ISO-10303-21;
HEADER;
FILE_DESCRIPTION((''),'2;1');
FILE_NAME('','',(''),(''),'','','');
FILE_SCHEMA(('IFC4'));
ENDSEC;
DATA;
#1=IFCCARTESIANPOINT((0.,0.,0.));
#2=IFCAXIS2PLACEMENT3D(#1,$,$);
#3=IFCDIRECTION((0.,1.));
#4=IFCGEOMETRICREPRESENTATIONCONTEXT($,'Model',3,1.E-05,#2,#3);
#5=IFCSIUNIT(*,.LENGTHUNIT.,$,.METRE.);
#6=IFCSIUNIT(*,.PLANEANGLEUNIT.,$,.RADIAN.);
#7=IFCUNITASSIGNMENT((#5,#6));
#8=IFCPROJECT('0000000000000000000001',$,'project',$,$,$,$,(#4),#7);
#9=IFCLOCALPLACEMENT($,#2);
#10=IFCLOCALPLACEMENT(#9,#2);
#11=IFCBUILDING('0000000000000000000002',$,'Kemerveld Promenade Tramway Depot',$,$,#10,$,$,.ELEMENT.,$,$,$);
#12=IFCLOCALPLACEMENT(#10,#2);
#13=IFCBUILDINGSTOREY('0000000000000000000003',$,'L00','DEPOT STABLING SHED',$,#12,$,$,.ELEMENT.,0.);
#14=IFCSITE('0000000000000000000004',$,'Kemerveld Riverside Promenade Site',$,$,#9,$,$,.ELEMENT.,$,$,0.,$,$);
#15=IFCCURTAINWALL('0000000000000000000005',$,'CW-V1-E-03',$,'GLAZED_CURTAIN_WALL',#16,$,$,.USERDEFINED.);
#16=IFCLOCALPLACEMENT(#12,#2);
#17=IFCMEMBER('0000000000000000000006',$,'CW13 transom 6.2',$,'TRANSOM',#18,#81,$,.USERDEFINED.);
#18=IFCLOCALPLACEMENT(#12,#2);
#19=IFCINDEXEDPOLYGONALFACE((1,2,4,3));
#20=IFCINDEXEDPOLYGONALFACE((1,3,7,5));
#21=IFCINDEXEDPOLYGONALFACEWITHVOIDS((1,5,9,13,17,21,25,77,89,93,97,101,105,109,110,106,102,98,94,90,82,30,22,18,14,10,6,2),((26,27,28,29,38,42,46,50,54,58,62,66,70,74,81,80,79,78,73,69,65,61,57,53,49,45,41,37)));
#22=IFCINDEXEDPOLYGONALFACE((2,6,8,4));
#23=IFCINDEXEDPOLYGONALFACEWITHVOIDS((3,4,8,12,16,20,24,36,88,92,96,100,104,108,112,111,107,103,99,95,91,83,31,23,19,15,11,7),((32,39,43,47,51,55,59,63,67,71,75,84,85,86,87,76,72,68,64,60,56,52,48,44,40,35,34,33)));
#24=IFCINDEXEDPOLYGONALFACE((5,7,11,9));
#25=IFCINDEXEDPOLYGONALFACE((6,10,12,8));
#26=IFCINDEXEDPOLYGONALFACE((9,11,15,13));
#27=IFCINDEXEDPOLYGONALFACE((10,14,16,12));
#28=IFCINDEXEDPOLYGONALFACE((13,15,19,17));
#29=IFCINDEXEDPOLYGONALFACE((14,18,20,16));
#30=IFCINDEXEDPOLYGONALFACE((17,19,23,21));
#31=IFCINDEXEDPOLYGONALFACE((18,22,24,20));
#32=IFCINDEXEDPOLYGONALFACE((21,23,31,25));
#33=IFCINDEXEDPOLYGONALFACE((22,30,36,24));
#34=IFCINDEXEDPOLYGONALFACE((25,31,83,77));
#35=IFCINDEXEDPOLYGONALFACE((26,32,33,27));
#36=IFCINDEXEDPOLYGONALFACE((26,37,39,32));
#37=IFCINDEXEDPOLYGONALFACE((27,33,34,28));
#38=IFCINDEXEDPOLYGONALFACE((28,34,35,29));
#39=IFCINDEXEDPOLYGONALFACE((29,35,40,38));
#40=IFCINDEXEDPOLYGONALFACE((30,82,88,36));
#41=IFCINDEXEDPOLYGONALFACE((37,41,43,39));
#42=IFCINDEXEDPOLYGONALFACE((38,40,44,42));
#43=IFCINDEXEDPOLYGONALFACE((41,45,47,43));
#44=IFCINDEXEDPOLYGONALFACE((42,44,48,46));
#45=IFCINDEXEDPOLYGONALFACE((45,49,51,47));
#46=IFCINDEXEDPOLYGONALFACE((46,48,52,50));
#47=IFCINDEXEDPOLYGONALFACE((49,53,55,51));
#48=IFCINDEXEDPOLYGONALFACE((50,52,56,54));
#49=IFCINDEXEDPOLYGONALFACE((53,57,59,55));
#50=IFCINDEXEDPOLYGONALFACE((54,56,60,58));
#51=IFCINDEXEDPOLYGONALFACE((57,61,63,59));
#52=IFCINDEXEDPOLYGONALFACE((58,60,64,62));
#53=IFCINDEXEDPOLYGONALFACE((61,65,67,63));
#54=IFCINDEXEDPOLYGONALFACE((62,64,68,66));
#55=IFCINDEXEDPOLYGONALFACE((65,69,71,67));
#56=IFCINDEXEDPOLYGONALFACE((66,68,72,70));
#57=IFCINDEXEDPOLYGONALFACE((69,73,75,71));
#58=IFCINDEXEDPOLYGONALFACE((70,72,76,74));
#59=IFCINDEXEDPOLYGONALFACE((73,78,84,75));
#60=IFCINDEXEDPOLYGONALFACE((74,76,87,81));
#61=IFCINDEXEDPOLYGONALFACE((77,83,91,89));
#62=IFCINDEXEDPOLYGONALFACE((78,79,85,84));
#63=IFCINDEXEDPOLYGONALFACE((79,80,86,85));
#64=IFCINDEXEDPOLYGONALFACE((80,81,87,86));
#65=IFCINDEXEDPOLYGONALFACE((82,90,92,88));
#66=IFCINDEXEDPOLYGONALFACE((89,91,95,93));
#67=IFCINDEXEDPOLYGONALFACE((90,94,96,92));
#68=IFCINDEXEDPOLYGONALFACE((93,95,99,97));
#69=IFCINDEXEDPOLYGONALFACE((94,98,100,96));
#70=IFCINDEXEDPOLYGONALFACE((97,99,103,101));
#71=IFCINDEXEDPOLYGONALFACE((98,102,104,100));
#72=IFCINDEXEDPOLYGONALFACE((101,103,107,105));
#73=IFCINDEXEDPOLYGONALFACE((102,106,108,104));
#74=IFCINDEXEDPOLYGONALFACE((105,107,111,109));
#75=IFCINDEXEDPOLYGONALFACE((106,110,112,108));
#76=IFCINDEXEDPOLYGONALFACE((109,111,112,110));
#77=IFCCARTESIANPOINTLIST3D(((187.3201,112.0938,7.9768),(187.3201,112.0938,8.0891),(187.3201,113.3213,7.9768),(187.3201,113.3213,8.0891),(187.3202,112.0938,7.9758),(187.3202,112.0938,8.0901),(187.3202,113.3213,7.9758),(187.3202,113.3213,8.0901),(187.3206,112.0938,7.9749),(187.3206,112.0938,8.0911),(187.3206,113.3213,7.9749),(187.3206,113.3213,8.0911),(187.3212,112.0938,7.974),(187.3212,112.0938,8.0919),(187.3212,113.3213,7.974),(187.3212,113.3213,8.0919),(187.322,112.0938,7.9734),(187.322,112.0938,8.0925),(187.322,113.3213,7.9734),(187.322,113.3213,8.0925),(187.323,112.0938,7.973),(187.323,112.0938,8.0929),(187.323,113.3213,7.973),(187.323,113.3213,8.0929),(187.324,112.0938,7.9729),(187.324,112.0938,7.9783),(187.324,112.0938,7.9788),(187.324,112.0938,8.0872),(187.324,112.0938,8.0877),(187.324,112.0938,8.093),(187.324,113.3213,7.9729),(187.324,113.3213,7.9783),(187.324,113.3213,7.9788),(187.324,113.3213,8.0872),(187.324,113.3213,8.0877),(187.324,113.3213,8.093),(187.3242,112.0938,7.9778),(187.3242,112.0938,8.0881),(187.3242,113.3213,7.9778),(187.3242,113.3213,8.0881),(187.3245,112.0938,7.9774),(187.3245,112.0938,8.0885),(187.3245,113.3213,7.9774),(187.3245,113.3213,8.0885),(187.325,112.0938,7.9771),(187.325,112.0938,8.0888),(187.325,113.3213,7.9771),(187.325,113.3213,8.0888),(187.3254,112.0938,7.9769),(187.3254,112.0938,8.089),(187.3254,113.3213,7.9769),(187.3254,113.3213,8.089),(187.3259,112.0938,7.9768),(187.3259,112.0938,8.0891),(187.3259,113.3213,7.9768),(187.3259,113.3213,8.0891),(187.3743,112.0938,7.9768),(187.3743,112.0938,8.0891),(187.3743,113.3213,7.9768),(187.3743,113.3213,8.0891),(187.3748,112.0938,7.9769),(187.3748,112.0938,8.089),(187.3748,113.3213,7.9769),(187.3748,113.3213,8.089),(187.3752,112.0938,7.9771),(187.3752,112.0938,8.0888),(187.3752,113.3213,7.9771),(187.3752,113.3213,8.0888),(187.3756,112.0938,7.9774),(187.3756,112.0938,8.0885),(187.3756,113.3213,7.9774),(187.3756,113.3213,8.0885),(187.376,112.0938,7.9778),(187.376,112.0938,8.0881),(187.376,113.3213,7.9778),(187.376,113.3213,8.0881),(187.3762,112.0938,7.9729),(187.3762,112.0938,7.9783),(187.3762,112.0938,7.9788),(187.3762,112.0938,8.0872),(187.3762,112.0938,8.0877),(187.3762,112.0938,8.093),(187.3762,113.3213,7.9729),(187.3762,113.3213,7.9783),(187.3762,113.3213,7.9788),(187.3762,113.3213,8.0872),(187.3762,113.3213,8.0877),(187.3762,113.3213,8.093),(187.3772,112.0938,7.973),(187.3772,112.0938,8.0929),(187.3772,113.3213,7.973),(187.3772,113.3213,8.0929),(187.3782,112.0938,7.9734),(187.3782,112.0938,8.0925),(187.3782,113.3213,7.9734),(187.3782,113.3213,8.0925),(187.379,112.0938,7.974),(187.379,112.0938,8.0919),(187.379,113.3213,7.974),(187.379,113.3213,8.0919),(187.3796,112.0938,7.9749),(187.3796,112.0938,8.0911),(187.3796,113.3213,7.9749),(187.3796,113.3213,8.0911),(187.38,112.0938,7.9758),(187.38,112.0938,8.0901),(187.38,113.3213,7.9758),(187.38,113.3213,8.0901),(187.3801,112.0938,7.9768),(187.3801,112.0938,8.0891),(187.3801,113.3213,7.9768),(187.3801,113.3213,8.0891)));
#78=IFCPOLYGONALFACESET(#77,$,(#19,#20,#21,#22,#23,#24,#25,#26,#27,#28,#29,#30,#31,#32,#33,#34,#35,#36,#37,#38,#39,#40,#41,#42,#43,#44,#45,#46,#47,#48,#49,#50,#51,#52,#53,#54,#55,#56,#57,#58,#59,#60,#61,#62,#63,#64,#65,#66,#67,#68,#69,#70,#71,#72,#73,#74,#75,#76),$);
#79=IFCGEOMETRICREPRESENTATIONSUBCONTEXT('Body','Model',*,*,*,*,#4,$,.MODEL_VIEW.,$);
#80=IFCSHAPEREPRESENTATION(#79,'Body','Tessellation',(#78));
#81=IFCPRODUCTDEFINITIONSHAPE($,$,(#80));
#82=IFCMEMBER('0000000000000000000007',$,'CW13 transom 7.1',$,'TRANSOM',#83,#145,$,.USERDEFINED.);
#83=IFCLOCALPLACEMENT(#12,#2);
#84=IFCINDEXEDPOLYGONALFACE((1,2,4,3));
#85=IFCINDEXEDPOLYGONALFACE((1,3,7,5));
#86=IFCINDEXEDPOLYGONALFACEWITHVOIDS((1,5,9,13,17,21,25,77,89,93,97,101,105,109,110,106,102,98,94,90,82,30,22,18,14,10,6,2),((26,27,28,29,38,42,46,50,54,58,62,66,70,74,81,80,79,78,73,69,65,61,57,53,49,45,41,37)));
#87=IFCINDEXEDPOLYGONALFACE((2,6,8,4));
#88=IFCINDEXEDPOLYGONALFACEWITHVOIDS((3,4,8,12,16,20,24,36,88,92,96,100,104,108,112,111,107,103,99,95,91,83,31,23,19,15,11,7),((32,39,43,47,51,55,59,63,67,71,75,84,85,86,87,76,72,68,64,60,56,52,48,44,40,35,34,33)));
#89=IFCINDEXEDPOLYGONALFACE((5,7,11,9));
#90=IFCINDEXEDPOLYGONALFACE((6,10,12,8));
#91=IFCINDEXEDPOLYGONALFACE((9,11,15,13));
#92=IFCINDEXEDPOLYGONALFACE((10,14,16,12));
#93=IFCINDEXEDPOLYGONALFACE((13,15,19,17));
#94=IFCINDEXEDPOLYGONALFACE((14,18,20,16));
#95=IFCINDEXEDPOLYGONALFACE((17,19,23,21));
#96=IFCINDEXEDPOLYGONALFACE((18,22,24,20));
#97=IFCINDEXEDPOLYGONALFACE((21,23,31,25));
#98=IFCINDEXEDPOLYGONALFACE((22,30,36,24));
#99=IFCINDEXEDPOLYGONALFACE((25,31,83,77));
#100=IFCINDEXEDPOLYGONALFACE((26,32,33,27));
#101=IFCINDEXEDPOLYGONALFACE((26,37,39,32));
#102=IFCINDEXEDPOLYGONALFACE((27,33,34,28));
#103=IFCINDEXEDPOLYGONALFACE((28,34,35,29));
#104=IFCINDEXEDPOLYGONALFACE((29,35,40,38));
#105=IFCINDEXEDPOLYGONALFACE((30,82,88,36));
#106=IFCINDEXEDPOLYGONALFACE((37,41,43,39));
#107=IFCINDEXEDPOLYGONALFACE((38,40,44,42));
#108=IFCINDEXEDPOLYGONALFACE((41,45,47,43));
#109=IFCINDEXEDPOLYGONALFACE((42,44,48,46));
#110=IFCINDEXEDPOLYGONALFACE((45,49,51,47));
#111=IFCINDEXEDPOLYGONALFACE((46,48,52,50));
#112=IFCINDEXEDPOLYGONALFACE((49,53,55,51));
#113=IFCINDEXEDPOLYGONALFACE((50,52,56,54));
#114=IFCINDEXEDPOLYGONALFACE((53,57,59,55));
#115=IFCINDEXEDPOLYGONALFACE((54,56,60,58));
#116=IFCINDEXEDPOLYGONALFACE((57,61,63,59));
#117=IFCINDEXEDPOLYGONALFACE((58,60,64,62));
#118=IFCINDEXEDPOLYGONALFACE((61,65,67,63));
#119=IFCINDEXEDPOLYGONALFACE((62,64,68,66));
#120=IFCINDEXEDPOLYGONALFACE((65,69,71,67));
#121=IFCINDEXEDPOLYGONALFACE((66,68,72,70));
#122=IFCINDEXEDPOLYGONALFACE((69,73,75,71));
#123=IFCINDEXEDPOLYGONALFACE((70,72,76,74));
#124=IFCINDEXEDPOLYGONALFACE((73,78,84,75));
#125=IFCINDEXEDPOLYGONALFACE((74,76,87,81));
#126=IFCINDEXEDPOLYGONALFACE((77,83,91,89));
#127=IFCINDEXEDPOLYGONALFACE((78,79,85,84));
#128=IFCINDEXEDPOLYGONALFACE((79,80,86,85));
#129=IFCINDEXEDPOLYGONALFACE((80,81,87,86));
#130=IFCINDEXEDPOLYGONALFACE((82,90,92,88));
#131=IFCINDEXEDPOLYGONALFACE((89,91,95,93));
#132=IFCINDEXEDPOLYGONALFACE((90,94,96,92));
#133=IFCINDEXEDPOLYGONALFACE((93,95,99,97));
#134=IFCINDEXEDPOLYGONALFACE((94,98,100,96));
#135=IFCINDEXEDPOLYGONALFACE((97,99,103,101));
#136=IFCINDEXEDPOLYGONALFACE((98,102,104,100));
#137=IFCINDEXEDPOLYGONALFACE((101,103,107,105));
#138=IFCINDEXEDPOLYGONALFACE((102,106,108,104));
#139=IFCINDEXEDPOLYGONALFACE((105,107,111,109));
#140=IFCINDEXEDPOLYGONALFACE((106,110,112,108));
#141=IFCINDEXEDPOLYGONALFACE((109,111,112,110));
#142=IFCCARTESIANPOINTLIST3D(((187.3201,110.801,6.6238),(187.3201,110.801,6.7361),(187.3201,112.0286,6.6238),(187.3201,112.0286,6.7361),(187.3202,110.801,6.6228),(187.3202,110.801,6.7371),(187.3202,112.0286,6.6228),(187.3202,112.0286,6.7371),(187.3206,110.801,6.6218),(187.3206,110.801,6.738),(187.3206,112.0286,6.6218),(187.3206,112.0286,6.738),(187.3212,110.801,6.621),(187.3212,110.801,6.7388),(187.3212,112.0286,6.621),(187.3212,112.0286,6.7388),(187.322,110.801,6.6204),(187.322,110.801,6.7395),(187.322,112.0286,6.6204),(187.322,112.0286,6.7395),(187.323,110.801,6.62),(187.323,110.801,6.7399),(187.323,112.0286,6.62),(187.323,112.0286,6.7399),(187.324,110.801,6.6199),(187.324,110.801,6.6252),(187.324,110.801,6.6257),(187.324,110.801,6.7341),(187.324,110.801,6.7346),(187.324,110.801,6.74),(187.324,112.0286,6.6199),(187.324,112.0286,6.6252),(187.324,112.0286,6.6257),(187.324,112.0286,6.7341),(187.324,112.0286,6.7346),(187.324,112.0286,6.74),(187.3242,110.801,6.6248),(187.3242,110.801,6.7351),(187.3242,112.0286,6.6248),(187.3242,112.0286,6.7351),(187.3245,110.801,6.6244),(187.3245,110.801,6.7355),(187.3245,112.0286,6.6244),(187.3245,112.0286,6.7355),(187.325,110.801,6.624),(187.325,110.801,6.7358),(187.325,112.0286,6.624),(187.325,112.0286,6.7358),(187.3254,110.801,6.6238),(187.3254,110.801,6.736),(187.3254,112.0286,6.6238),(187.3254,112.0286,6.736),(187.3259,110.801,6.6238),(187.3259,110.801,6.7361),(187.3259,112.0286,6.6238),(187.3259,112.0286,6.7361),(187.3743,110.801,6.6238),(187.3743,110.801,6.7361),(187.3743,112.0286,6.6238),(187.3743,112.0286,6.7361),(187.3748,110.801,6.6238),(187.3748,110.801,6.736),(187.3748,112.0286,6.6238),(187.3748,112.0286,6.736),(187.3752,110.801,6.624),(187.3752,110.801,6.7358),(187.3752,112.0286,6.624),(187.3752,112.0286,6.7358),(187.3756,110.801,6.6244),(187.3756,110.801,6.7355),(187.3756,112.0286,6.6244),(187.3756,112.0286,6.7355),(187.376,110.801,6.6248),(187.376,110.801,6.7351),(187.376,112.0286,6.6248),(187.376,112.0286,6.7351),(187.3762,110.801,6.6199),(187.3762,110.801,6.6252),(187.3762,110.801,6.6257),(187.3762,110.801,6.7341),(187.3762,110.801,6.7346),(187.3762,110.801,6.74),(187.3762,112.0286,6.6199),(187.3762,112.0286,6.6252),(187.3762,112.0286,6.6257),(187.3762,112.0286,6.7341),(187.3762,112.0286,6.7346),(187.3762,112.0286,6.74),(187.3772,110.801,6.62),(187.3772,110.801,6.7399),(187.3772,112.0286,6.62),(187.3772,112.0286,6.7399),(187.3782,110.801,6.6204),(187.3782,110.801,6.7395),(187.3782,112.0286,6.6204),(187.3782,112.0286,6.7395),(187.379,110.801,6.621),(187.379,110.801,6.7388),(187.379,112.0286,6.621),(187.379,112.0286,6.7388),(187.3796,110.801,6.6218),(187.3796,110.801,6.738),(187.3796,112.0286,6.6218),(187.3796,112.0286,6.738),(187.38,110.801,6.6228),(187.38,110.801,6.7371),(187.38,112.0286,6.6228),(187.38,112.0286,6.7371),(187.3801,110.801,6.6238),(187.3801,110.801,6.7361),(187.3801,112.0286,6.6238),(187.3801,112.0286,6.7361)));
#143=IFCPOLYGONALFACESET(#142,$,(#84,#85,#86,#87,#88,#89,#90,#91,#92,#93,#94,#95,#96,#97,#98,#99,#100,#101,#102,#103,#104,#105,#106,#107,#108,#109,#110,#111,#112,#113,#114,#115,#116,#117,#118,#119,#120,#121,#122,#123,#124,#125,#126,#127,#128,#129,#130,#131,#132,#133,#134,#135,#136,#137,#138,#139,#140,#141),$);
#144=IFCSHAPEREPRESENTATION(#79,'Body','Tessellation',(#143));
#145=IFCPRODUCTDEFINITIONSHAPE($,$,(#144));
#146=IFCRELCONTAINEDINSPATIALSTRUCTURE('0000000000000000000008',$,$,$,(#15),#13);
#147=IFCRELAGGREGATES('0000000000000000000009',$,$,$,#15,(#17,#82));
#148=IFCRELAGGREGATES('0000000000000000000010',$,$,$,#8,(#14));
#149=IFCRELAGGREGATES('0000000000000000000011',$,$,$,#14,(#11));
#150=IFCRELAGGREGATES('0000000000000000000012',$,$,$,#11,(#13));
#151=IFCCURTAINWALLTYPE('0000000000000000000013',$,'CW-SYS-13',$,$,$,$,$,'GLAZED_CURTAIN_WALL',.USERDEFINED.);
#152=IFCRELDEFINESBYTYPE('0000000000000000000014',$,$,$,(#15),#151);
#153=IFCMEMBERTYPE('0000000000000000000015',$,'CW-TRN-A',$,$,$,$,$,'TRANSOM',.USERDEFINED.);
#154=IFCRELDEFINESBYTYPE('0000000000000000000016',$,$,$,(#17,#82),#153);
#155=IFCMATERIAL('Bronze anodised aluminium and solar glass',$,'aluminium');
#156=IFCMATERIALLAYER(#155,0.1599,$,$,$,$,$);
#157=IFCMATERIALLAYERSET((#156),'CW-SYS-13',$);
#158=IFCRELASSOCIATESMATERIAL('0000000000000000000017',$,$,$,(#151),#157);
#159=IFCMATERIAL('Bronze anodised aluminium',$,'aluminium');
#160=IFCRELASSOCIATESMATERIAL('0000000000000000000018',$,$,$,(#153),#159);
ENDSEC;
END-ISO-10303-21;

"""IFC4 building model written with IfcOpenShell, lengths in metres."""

from ifc_helpers import new_model, si_unit, direction, frame, origin, origin_2d, place, context, subcontext, project, spatial, hollow_rectangle, extrude, material, layer, layer_set, material_profile, profile_set, type_object, element, aggregate, save


model = new_model("IFC4")

# Units and contexts
model_context = context("Model", 3, precision=1e-05, world=origin(), true_north=direction((0.0, 1.0)))
body_context = subcontext(model_context, "Body", "Model", "MODEL_VIEW")
ifc_project = project(units=[si_unit("LENGTHUNIT", "METRE"), si_unit("PLANEANGLEUNIT", "RADIAN")], contexts=[model_context])

# Site, building, storey
site_placement = place(None, origin())
site = spatial("IfcSite", under=ifc_project, at=site_placement, Name="Kemerveld Riverside Promenade Site", CompositionType="ELEMENT", RefElevation=0.0)
building_placement = place(site_placement, origin())
building = spatial("IfcBuilding", under=site, at=building_placement, Name="Kemerveld Promenade Tramway Depot", CompositionType="ELEMENT")
storey_placement = place(building_placement, origin())
storey = spatial("IfcBuildingStorey", under=building, at=storey_placement, Name="L00", Description="DEPOT STABLING SHED", CompositionType="ELEMENT", Elevation=0.0)

# Curtain wall
ifc_material_1 = material(Name="Bronze anodised aluminium and solar glass", Category="aluminium")
ifc_layer_1 = layer(ifc_material_1, 0.1599)
ifc_layer_set_1 = layer_set([ifc_layer_1], Name="CW-SYS-13")
curtain_wall_type_1 = type_object("IfcCurtainWallType", Name="CW-SYS-13", ElementType="GLAZED_CURTAIN_WALL", PredefinedType="USERDEFINED", material=ifc_layer_set_1)
curtain_wall_1_placement = place(storey_placement, origin())
curtain_wall_1 = element("IfcCurtainWall", 1, at=curtain_wall_1_placement, inside=storey, type_object=curtain_wall_type_1, Name="CW-V1-E-03", ObjectType="GLAZED_CURTAIN_WALL", PredefinedType="USERDEFINED")
ifc_material_2 = material(Name="Bronze anodised aluminium", Category="aluminium")

# Members
ifc_material_profile_1 = material_profile(ifc_material_2, hollow_rectangle(XDim=0.0601, YDim=0.1201, WallThickness=0.0039, InnerFilletRadius=0.002, OuterFilletRadius=0.0039, at=origin_2d()), Name="CW-TRN-120x60")
ifc_profile_set_1 = profile_set([ifc_material_profile_1], Name="Bronze anodised aluminium")
member_type_1 = type_object("IfcMemberType", Name="CW-TRN-A", ElementType="TRANSOM", PredefinedType="USERDEFINED", material=ifc_profile_set_1)
member_1_placement = place(storey_placement, frame((187.3501, 113.3213, 8.033), z_axis=(0.0, -1.0, 0.0), x_axis=(1.0, 0.0, 0.0)))
member_1 = element("IfcMember", 2, at=member_1_placement, type_object=member_type_1, Name="CW13 transom 6.2", ObjectType="TRANSOM", PredefinedType="USERDEFINED", context=body_context, shape_type="SweptSolid", body=[
    extrude(hollow_rectangle(XDim=0.0601, YDim=0.1201, WallThickness=0.0039, InnerFilletRadius=0.002, OuterFilletRadius=0.0039, at=origin_2d()), origin(), (0.0, 0.0, 1.0), 1.2275),
])
member_2_placement = place(storey_placement, frame((187.3501, 112.0286, 6.6799), z_axis=(0.0, -1.0, 0.0), x_axis=(1.0, 0.0, 0.0)))
member_2 = element("IfcMember", 3, at=member_2_placement, type_object=member_type_1, Name="CW13 transom 7.1", ObjectType="TRANSOM", PredefinedType="USERDEFINED", context=body_context, shape_type="SweptSolid", body=[
    extrude(hollow_rectangle(XDim=0.0601, YDim=0.1201, WallThickness=0.0039, InnerFilletRadius=0.002, OuterFilletRadius=0.0039, at=origin_2d()), origin(), (0.0, 0.0, 1.0), 1.2275),
])

aggregate(curtain_wall_1, [member_1, member_2])

save(model, "model.ifc")
